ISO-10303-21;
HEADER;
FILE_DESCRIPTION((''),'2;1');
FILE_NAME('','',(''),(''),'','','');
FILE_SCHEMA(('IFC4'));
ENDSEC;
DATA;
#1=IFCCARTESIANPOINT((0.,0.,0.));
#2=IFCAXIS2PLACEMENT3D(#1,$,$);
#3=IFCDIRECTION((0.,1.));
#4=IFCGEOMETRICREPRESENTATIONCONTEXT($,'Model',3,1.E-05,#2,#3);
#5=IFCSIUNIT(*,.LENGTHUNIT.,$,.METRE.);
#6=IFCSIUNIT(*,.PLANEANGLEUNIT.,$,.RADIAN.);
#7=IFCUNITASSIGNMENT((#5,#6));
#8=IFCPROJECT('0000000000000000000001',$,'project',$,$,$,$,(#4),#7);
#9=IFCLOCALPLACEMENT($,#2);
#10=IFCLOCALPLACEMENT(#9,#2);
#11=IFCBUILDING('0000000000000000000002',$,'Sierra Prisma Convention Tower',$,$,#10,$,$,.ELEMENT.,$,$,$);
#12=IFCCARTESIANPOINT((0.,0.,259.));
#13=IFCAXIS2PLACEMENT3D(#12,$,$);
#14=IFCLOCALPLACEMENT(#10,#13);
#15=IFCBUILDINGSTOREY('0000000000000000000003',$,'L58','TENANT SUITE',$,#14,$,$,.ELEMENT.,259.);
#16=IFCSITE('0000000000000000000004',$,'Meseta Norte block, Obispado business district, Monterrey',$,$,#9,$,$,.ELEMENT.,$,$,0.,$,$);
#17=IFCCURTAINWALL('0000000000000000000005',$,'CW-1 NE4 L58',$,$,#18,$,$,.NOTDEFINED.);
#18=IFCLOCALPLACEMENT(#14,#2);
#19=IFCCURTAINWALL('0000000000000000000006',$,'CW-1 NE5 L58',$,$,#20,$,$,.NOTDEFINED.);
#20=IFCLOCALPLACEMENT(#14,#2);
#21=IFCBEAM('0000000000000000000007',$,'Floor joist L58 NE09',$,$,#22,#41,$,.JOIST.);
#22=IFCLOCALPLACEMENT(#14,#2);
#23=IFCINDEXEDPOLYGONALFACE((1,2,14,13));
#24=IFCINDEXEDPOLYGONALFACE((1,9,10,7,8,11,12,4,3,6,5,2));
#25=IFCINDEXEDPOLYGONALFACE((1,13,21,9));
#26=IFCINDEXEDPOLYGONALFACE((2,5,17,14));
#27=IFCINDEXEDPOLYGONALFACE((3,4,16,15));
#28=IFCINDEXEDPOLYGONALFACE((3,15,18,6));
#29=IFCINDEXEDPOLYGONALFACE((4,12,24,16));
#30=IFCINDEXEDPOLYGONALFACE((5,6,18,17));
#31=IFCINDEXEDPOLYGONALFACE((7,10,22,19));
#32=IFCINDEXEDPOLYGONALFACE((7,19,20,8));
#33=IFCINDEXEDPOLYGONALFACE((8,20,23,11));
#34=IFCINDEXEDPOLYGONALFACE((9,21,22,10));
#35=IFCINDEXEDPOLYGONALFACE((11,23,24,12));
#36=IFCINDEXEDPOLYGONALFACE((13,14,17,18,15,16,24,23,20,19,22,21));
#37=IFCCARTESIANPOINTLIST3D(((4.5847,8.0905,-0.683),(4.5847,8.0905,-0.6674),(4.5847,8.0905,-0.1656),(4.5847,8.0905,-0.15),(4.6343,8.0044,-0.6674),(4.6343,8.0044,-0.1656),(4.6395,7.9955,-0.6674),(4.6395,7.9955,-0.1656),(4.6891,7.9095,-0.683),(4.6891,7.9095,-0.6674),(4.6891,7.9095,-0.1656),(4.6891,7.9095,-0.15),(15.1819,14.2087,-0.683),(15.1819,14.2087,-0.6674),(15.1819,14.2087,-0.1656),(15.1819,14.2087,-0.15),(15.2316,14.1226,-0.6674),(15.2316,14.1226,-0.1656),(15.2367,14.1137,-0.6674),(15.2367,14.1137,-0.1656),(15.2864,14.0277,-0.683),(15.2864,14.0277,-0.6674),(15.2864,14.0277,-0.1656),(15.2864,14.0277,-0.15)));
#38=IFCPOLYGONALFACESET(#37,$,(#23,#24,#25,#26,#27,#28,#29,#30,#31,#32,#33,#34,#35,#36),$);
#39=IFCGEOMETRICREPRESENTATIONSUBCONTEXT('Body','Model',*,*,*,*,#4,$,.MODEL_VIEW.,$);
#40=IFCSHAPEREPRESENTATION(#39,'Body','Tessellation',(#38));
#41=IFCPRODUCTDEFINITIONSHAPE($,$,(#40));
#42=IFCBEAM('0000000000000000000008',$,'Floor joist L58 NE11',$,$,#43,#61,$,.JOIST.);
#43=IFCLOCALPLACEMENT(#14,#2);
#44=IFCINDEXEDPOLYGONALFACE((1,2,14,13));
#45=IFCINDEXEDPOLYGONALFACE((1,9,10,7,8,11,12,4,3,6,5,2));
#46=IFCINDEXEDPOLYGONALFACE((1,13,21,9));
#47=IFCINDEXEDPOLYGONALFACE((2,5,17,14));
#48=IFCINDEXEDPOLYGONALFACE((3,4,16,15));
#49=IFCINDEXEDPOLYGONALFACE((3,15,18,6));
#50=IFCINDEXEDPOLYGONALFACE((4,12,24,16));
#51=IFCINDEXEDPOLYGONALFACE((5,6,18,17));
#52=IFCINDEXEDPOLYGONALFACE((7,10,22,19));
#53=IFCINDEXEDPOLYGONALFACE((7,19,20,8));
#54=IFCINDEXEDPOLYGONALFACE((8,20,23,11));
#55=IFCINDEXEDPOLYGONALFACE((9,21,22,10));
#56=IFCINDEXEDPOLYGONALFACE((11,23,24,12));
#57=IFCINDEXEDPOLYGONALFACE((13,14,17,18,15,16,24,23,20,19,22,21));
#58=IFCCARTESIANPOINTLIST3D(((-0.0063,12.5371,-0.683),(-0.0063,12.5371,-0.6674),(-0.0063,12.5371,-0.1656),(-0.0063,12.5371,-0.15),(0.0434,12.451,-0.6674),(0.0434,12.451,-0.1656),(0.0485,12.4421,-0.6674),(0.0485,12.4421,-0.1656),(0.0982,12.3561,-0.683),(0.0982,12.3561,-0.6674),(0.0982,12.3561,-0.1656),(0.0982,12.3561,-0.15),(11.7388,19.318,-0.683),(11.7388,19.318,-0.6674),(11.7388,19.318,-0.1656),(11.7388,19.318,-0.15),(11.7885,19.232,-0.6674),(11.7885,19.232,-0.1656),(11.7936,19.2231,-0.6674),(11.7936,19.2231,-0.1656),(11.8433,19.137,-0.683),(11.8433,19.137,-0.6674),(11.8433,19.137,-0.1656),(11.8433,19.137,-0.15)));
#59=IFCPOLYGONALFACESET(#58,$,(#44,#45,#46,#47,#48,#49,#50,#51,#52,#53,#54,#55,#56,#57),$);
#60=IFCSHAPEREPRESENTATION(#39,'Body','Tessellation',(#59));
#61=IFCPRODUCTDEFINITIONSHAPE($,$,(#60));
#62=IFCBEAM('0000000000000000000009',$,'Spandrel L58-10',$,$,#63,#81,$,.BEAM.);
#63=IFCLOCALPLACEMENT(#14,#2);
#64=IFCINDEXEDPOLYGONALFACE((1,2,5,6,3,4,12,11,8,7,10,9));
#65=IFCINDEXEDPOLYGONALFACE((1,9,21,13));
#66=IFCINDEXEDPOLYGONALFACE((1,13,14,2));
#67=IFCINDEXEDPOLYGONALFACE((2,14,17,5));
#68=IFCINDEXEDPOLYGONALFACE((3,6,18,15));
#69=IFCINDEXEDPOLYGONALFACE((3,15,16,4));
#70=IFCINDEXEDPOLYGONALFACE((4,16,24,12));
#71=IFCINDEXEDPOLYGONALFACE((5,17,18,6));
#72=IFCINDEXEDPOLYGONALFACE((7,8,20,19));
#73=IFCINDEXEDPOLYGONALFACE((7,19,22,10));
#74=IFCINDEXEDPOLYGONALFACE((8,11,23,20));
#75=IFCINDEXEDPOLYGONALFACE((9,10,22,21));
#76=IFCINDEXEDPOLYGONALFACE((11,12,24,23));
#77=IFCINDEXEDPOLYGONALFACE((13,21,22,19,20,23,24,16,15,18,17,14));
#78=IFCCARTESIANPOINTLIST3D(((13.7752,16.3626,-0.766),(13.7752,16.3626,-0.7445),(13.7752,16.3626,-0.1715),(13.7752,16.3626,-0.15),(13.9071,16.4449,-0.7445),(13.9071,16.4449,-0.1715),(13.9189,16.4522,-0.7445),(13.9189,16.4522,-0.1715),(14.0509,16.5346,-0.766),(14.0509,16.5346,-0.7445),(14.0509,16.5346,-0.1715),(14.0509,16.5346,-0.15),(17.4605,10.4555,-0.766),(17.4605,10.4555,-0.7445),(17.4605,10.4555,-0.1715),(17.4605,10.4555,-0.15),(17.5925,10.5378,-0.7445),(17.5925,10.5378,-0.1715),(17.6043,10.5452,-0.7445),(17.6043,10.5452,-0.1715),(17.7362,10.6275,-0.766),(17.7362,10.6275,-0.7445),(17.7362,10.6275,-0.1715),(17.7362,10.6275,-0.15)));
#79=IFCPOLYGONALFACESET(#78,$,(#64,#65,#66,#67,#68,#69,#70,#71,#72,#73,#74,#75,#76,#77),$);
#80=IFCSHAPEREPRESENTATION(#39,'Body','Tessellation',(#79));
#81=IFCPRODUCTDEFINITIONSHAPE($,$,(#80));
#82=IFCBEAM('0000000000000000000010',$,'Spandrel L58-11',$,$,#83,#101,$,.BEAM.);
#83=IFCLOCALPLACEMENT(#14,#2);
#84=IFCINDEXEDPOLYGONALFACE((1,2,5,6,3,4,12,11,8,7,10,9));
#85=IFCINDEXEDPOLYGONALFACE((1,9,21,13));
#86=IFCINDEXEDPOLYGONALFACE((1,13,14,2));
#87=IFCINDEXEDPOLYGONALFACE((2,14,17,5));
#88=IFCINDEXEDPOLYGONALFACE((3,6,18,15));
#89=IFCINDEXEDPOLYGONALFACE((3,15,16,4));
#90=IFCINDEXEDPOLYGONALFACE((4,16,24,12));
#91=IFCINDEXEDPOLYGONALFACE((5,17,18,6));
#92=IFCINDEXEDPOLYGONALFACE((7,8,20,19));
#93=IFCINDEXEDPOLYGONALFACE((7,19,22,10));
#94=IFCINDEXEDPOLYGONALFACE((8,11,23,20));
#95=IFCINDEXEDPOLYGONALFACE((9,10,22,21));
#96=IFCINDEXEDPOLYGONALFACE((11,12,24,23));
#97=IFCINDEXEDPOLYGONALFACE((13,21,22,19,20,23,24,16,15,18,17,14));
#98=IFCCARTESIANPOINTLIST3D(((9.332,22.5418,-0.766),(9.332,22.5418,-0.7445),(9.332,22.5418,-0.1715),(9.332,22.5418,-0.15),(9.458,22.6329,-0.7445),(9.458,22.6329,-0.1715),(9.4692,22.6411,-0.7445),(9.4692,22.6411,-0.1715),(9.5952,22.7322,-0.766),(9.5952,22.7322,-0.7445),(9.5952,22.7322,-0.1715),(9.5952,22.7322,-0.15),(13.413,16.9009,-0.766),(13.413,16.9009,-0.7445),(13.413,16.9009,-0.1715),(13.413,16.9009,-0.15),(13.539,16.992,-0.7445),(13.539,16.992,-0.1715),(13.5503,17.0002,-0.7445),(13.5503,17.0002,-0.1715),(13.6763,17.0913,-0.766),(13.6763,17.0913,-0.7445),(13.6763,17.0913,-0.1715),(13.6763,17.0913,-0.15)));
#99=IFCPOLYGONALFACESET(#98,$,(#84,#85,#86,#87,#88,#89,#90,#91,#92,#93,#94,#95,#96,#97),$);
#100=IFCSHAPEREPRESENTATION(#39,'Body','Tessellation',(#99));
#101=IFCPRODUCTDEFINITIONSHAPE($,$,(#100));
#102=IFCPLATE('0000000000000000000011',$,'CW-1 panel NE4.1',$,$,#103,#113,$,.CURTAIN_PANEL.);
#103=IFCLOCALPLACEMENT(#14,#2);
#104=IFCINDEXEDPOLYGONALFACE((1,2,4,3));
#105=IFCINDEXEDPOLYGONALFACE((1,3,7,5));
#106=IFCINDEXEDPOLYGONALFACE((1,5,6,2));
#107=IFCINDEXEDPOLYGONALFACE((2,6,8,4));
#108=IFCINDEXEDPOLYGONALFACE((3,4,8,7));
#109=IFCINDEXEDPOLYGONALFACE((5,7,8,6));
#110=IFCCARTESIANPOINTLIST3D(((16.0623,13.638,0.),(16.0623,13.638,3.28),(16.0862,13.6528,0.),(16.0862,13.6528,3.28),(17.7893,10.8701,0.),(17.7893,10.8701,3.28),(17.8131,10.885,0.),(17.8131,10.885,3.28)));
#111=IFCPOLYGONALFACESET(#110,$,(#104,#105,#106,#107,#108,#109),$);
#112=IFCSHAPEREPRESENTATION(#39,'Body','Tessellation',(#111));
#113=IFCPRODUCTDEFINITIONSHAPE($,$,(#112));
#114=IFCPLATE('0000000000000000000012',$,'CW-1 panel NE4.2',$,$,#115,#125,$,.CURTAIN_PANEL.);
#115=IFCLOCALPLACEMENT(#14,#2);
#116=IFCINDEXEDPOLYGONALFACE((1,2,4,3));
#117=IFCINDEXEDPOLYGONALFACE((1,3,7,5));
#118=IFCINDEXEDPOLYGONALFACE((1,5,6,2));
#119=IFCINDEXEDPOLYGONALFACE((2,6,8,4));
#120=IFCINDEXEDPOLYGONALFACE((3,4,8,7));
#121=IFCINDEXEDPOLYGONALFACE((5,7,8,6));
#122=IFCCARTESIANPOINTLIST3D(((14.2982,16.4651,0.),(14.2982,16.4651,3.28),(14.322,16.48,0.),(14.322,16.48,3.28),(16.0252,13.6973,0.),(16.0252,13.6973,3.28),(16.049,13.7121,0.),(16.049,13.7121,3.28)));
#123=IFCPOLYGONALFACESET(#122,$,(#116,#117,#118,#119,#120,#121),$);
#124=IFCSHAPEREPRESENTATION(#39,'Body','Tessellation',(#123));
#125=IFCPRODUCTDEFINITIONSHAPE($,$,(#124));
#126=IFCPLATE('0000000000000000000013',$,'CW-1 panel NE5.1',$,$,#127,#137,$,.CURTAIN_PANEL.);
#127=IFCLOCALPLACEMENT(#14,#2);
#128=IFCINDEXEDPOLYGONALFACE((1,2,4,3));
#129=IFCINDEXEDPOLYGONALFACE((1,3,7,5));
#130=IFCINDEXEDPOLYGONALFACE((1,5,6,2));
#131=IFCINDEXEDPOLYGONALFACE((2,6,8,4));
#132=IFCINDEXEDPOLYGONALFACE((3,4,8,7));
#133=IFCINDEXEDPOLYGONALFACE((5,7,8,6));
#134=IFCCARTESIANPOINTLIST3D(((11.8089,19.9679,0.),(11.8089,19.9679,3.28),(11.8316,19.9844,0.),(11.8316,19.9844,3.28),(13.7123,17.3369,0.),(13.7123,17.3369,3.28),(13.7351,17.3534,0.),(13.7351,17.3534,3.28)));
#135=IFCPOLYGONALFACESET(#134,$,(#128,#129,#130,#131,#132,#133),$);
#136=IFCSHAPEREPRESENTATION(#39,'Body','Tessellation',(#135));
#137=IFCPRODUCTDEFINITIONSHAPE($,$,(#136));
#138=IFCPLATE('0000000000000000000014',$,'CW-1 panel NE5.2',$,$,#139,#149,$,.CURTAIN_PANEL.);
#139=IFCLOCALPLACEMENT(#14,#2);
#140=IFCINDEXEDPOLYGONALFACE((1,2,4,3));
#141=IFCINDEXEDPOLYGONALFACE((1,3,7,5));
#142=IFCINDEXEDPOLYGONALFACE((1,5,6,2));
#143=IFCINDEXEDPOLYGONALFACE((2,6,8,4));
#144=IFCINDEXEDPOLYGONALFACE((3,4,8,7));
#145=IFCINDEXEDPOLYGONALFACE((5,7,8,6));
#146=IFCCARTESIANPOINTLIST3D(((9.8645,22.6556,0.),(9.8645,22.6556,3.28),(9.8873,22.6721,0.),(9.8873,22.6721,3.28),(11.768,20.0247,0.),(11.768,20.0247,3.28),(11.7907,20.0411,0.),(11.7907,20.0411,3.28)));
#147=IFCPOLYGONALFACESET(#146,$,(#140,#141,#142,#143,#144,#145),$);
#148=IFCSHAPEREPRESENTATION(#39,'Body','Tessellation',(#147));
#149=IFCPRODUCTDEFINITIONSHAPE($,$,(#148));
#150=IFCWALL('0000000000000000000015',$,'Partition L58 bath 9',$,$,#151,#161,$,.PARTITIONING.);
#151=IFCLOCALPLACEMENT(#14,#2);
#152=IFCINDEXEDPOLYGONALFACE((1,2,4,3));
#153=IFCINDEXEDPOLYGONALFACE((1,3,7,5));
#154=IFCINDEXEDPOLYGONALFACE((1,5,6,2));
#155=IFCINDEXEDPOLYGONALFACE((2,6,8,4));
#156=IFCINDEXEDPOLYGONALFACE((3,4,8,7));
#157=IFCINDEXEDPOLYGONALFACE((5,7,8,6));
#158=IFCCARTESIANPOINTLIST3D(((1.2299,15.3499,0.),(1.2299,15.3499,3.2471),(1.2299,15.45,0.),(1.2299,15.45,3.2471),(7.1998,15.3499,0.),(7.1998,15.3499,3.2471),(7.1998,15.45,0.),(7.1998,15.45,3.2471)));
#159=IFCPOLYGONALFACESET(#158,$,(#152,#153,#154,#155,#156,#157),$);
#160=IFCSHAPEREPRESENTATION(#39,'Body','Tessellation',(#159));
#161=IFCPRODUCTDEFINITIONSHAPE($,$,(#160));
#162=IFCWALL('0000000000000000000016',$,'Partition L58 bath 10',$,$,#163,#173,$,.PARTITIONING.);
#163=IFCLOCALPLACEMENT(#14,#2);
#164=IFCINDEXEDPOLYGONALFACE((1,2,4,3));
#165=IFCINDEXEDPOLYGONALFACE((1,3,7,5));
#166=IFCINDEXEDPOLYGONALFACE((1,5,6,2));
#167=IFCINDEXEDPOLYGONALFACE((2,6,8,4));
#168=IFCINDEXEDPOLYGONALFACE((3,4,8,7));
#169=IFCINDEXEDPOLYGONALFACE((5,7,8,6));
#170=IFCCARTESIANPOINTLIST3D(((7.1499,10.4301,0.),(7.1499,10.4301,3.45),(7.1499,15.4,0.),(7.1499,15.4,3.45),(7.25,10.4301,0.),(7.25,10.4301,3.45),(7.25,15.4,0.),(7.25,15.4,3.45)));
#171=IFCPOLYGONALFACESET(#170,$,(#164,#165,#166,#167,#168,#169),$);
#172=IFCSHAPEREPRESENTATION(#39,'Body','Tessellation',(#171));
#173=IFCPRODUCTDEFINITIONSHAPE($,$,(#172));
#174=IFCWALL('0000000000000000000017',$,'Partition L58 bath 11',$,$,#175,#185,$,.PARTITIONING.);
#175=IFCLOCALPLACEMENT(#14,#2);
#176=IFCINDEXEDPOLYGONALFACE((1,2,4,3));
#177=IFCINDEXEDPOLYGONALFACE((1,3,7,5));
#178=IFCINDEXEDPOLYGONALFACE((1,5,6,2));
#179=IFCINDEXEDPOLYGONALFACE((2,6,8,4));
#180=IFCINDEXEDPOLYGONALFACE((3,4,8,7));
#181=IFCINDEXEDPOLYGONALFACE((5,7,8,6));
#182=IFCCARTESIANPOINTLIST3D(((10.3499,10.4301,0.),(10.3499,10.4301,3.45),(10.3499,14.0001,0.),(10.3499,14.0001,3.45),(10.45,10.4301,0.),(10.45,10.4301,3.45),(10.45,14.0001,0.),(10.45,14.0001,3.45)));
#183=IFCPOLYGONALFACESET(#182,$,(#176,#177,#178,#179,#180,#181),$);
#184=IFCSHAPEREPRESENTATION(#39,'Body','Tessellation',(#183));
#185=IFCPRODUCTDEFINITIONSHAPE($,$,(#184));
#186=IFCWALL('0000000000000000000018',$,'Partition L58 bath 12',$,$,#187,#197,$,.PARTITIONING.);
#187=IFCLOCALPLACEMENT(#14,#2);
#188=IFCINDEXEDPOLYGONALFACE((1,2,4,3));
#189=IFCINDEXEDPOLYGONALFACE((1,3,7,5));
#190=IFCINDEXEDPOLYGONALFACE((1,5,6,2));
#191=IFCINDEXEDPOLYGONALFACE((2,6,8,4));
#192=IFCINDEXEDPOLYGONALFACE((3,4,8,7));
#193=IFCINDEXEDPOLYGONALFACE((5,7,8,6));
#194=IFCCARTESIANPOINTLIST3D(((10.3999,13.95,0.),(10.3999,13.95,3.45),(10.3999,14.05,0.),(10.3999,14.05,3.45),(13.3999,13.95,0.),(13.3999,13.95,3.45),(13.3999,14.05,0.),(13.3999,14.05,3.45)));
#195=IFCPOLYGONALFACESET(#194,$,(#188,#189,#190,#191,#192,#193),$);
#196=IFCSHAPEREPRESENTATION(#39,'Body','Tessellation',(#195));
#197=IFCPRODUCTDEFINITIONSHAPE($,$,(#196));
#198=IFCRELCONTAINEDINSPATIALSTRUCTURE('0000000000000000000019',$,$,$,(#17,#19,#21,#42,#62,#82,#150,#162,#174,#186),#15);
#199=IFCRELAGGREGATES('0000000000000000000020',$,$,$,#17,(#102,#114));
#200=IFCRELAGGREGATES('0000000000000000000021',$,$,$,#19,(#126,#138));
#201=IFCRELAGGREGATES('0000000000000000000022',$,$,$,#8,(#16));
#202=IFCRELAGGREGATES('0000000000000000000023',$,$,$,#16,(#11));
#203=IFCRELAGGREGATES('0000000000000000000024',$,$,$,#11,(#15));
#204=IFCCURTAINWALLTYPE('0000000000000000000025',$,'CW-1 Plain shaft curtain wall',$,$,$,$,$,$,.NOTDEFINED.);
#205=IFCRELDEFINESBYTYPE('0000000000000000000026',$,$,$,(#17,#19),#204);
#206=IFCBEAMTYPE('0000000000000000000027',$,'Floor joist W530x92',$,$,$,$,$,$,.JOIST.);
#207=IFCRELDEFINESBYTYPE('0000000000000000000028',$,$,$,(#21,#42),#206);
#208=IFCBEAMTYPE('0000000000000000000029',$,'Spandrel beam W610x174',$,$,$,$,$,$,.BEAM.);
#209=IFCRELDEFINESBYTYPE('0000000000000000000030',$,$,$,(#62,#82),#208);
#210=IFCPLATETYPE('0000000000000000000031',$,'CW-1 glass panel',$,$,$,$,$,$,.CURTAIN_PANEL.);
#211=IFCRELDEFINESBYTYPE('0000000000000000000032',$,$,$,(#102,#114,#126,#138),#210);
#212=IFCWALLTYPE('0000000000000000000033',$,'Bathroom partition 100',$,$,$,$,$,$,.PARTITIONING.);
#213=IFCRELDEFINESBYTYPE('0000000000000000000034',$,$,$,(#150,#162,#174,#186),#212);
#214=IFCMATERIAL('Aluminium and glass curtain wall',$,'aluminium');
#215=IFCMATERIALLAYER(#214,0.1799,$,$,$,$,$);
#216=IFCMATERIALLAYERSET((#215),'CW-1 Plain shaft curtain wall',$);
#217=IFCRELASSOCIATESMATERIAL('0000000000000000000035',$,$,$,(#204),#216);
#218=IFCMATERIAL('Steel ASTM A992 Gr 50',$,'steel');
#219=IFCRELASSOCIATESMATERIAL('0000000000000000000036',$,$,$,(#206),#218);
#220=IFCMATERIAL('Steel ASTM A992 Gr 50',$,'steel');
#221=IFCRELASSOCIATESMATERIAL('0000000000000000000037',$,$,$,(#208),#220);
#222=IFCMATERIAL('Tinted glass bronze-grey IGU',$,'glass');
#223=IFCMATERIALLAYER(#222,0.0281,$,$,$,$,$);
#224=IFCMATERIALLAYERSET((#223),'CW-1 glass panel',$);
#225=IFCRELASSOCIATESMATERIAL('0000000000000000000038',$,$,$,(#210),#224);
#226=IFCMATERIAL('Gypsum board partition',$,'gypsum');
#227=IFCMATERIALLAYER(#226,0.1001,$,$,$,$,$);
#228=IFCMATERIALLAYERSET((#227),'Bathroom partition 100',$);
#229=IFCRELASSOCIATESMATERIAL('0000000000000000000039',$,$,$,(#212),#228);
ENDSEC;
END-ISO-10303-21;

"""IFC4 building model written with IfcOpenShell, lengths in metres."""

from ifc_helpers import new_model, si_unit, direction, frame, frame_2d, origin, origin_2d, place, context, subcontext, project, spatial, rectangle, i_section, extrude, material, layer, layer_set, material_profile, profile_set, type_object, element, aggregate, save


model = new_model("IFC4")

# Units and contexts
model_context = context("Model", 3, precision=1e-05, world=origin(), true_north=direction((0.0, 1.0)))
body_context = subcontext(model_context, "Body", "Model", "MODEL_VIEW")
ifc_project = project(units=[si_unit("LENGTHUNIT", "METRE"), si_unit("PLANEANGLEUNIT", "RADIAN")], contexts=[model_context])

# Site, building, storey
site_placement = place(None, origin())
site = spatial("IfcSite", under=ifc_project, at=site_placement, Name="Meseta Norte block, Obispado business district, Monterrey", CompositionType="ELEMENT", RefElevation=0.0)
building_placement = place(site_placement, origin())
building = spatial("IfcBuilding", under=site, at=building_placement, Name="Sierra Prisma Convention Tower", CompositionType="ELEMENT")
storey_placement = place(building_placement, frame((0.0, 0.0, 259.0)))
storey = spatial("IfcBuildingStorey", under=building, at=storey_placement, Name="L58", Description="TENANT SUITE", CompositionType="ELEMENT", Elevation=259.0)

# Curtain wall
ifc_material_1 = material(Name="Aluminium and glass curtain wall", Category="aluminium")
ifc_layer_1 = layer(ifc_material_1, 0.1799)
ifc_layer_set_1 = layer_set([ifc_layer_1], Name="CW-1 Plain shaft curtain wall")
curtain_wall_type = type_object("IfcCurtainWallType", Name="CW-1 Plain shaft curtain wall", PredefinedType="NOTDEFINED", material=ifc_layer_set_1)
curtain_wall_1_placement = place(storey_placement, origin())
curtain_wall_1 = element("IfcCurtainWall", 1, at=curtain_wall_1_placement, inside=storey, type_object=curtain_wall_type, Name="CW-1 NE4 L58", PredefinedType="NOTDEFINED")

# Curtain wall
curtain_wall_2_placement = place(storey_placement, origin())
curtain_wall_2 = element("IfcCurtainWall", 2, at=curtain_wall_2_placement, inside=storey, type_object=curtain_wall_type, Name="CW-1 NE5 L58", PredefinedType="NOTDEFINED")

# Beams
ifc_material_2 = material(Name="Steel ASTM A992 Gr 50", Category="steel")
ifc_material_profile_1 = material_profile(ifc_material_2, i_section(OverallWidth=0.209, OverallDepth=0.533, WebThickness=0.0103, FlangeThickness=0.0156, at=origin_2d()), Name="W530x92")
ifc_profile_set_1 = profile_set([ifc_material_profile_1], Name="Steel ASTM A992 Gr 50")
beam_type_1 = type_object("IfcBeamType", Name="Floor joist W530x92", PredefinedType="JOIST", material=ifc_profile_set_1)
beam_1_placement = place(storey_placement, frame((15.2341, 14.1182, -0.4165), z_axis=(-0.866029, -0.499993, 0.0), x_axis=(0.499993, -0.866029, 0.0)))
element("IfcBeam", 3, at=beam_1_placement, inside=storey, type_object=beam_type_1, Name="Floor joist L58 NE09", PredefinedType="JOIST", context=body_context, shape_type="SweptSolid", body=[
    extrude(i_section(OverallWidth=0.209, OverallDepth=0.533, WebThickness=0.0103, FlangeThickness=0.0156, at=origin_2d()), origin(), (0.0, 0.0, 1.0), 12.2366),
])
beam_2_placement = place(storey_placement, frame((11.791, 19.2275, -0.4165), z_axis=(-0.866027, -0.499998, 0.0), x_axis=(0.499998, -0.866027, 0.0)))
element("IfcBeam", 4, at=beam_2_placement, inside=storey, type_object=beam_type_1, Name="Floor joist L58 NE11", PredefinedType="JOIST", context=body_context, shape_type="SweptSolid", body=[
    extrude(i_section(OverallWidth=0.209, OverallDepth=0.533, WebThickness=0.0103, FlangeThickness=0.0156, at=origin_2d()), origin(), (0.0, 0.0, 1.0), 13.562),
])
ifc_material_3 = material(Name="Steel ASTM A992 Gr 50", Category="steel")
ifc_material_profile_2 = material_profile(ifc_material_3, i_section(OverallWidth=0.325, OverallDepth=0.616, WebThickness=0.0139, FlangeThickness=0.0215, at=origin_2d()), Name="W610x174")
ifc_profile_set_2 = profile_set([ifc_material_profile_2], Name="Steel ASTM A992 Gr 50")
beam_type_2 = type_object("IfcBeamType", Name="Spandrel beam W610x174", PredefinedType="BEAM", material=ifc_profile_set_2)
for number, where, z_axis, x_axis, name in (
    (5, (17.5984, 10.5415, -0.458), (-0.529321, 0.848422, 0.0), (-0.848422, -0.529321, 0.0), "Spandrel L58-10"),
    (6, (13.5447, 16.9961, -0.458), (-0.58616, 0.810195, 0.0), (-0.810195, -0.58616, 0.0), "Spandrel L58-11"),
):
    element("IfcBeam", number, at=place(storey_placement, frame(where, z_axis=z_axis, x_axis=x_axis)), inside=storey, type_object=beam_type_2, Name=name, PredefinedType="BEAM", context=body_context, shape_type="SweptSolid", body=[
        extrude(i_section(OverallWidth=0.325, OverallDepth=0.616, WebThickness=0.0139, FlangeThickness=0.0215, at=origin_2d()), origin(), (0.0, 0.0, 1.0), 6.9624),
    ])

# Plates
ifc_material_4 = material(Name="Tinted glass bronze-grey IGU", Category="glass")
ifc_layer_2 = layer(ifc_material_4, 0.0281)
ifc_layer_set_2 = layer_set([ifc_layer_2], Name="CW-1 glass panel")
plate_type = type_object("IfcPlateType", Name="CW-1 glass panel", PredefinedType="CURTAIN_PANEL", material=ifc_layer_set_2)
plate_1_placement = place(storey_placement, frame((16.9377, 12.2615, 0.0), z_axis=(0.0, 0.0, 1.0), x_axis=(-0.529351, 0.848403, 0.0)))
plate_1 = element("IfcPlate", 7, at=plate_1_placement, type_object=plate_type, Name="CW-1 panel NE4.1", PredefinedType="CURTAIN_PANEL", context=body_context, shape_type="SweptSolid", body=[
    extrude(rectangle(XDim=3.2625, YDim=0.0281, at=origin_2d()), origin(), (0.0, 0.0, 1.0), 3.28),
])
plate_2_placement = place(storey_placement, frame((15.1736, 15.0886, 0.0), z_axis=(0.0, 0.0, 1.0), x_axis=(-0.529351, 0.848403, 0.0)))
plate_2 = element("IfcPlate", 8, at=plate_2_placement, type_object=plate_type, Name="CW-1 panel NE4.2", PredefinedType="CURTAIN_PANEL", context=body_context, shape_type="SweptSolid", body=[
    extrude(rectangle(XDim=3.2625, YDim=0.0281, at=origin_2d()), origin(), (0.0, 0.0, 1.0), 3.28),
])
aggregate(curtain_wall_1, [plate_1, plate_2])
plate_3_placement = place(storey_placement, frame((12.772, 18.6606, 0.0), z_axis=(0.0, 0.0, 1.0), x_axis=(-0.586158, 0.810197, 0.0)))
plate_3 = element("IfcPlate", 9, at=plate_3_placement, type_object=plate_type, Name="CW-1 panel NE5.1", PredefinedType="CURTAIN_PANEL", context=body_context, shape_type="SweptSolid", body=[
    extrude(rectangle(XDim=3.2473, YDim=0.0281, at=origin_2d()), origin(), (0.0, 0.0, 1.0), 3.28),
])
plate_4_placement = place(storey_placement, frame((10.8276, 21.3484, 0.0), z_axis=(0.0, 0.0, 1.0), x_axis=(-0.586158, 0.810197, 0.0)))
plate_4 = element("IfcPlate", 10, at=plate_4_placement, type_object=plate_type, Name="CW-1 panel NE5.2", PredefinedType="CURTAIN_PANEL", context=body_context, shape_type="SweptSolid", body=[
    extrude(rectangle(XDim=3.2473, YDim=0.0281, at=origin_2d()), origin(), (0.0, 0.0, 1.0), 3.28),
])
aggregate(curtain_wall_2, [plate_3, plate_4])

# Walls
ifc_material_5 = material(Name="Gypsum board partition", Category="gypsum")
ifc_layer_3 = layer(ifc_material_5, 0.1001)
ifc_layer_set_3 = layer_set([ifc_layer_3], Name="Bathroom partition 100")
wall_type_1 = type_object("IfcWallType", Name="Bathroom partition 100", PredefinedType="PARTITIONING", material=ifc_layer_set_3)
wall_1_placement = place(storey_placement, frame((1.23, 15.3999, 0.0), z_axis=(0.0, 0.0, 1.0), x_axis=(1.0, 0.0, 0.0)))
element("IfcWall", 11, at=wall_1_placement, inside=storey, type_object=wall_type_1, Name="Partition L58 bath 9", PredefinedType="PARTITIONING", context=body_context, shape_type="SweptSolid", body=[
    extrude(rectangle(XDim=5.97, YDim=0.1001, at=frame_2d((2.9849, 0.0))), origin(), (0.0, 0.0, 1.0), 3.2471),
])
wall_2_placement = place(storey_placement, frame((7.2, 15.3999, 0.0), z_axis=(0.0, 0.0, 1.0), x_axis=(0.0, -1.0, 0.0)))
element("IfcWall", 12, at=wall_2_placement, inside=storey, type_object=wall_type_1, Name="Partition L58 bath 10", PredefinedType="PARTITIONING", context=body_context, shape_type="SweptSolid", body=[
    extrude(rectangle(XDim=4.97, YDim=0.1001, at=frame_2d((2.4849, 0.0))), origin(), (0.0, 0.0, 1.0), 3.45),
])
wall_3_placement = place(storey_placement, frame((10.3999, 10.4299, 0.0), z_axis=(0.0, 0.0, 1.0), x_axis=(0.0, 1.0, 0.0)))
element("IfcWall", 13, at=wall_3_placement, inside=storey, type_object=wall_type_1, Name="Partition L58 bath 11", PredefinedType="PARTITIONING", context=body_context, shape_type="SweptSolid", body=[
    extrude(rectangle(XDim=3.5701, YDim=0.1001, at=frame_2d((1.7852, 0.0))), origin(), (0.0, 0.0, 1.0), 3.45),
])
wall_4_placement = place(storey_placement, frame((10.3999, 14.0, 0.0), z_axis=(0.0, 0.0, 1.0), x_axis=(1.0, 0.0, 0.0)))
element("IfcWall", 14, at=wall_4_placement, inside=storey, type_object=wall_type_1, Name="Partition L58 bath 12", PredefinedType="PARTITIONING", context=body_context, shape_type="SweptSolid", body=[
    extrude(rectangle(XDim=3.0, YDim=0.1001, at=frame_2d((1.5, 0.0))), origin(), (0.0, 0.0, 1.0), 3.45),
])

save(model, "model.ifc")
